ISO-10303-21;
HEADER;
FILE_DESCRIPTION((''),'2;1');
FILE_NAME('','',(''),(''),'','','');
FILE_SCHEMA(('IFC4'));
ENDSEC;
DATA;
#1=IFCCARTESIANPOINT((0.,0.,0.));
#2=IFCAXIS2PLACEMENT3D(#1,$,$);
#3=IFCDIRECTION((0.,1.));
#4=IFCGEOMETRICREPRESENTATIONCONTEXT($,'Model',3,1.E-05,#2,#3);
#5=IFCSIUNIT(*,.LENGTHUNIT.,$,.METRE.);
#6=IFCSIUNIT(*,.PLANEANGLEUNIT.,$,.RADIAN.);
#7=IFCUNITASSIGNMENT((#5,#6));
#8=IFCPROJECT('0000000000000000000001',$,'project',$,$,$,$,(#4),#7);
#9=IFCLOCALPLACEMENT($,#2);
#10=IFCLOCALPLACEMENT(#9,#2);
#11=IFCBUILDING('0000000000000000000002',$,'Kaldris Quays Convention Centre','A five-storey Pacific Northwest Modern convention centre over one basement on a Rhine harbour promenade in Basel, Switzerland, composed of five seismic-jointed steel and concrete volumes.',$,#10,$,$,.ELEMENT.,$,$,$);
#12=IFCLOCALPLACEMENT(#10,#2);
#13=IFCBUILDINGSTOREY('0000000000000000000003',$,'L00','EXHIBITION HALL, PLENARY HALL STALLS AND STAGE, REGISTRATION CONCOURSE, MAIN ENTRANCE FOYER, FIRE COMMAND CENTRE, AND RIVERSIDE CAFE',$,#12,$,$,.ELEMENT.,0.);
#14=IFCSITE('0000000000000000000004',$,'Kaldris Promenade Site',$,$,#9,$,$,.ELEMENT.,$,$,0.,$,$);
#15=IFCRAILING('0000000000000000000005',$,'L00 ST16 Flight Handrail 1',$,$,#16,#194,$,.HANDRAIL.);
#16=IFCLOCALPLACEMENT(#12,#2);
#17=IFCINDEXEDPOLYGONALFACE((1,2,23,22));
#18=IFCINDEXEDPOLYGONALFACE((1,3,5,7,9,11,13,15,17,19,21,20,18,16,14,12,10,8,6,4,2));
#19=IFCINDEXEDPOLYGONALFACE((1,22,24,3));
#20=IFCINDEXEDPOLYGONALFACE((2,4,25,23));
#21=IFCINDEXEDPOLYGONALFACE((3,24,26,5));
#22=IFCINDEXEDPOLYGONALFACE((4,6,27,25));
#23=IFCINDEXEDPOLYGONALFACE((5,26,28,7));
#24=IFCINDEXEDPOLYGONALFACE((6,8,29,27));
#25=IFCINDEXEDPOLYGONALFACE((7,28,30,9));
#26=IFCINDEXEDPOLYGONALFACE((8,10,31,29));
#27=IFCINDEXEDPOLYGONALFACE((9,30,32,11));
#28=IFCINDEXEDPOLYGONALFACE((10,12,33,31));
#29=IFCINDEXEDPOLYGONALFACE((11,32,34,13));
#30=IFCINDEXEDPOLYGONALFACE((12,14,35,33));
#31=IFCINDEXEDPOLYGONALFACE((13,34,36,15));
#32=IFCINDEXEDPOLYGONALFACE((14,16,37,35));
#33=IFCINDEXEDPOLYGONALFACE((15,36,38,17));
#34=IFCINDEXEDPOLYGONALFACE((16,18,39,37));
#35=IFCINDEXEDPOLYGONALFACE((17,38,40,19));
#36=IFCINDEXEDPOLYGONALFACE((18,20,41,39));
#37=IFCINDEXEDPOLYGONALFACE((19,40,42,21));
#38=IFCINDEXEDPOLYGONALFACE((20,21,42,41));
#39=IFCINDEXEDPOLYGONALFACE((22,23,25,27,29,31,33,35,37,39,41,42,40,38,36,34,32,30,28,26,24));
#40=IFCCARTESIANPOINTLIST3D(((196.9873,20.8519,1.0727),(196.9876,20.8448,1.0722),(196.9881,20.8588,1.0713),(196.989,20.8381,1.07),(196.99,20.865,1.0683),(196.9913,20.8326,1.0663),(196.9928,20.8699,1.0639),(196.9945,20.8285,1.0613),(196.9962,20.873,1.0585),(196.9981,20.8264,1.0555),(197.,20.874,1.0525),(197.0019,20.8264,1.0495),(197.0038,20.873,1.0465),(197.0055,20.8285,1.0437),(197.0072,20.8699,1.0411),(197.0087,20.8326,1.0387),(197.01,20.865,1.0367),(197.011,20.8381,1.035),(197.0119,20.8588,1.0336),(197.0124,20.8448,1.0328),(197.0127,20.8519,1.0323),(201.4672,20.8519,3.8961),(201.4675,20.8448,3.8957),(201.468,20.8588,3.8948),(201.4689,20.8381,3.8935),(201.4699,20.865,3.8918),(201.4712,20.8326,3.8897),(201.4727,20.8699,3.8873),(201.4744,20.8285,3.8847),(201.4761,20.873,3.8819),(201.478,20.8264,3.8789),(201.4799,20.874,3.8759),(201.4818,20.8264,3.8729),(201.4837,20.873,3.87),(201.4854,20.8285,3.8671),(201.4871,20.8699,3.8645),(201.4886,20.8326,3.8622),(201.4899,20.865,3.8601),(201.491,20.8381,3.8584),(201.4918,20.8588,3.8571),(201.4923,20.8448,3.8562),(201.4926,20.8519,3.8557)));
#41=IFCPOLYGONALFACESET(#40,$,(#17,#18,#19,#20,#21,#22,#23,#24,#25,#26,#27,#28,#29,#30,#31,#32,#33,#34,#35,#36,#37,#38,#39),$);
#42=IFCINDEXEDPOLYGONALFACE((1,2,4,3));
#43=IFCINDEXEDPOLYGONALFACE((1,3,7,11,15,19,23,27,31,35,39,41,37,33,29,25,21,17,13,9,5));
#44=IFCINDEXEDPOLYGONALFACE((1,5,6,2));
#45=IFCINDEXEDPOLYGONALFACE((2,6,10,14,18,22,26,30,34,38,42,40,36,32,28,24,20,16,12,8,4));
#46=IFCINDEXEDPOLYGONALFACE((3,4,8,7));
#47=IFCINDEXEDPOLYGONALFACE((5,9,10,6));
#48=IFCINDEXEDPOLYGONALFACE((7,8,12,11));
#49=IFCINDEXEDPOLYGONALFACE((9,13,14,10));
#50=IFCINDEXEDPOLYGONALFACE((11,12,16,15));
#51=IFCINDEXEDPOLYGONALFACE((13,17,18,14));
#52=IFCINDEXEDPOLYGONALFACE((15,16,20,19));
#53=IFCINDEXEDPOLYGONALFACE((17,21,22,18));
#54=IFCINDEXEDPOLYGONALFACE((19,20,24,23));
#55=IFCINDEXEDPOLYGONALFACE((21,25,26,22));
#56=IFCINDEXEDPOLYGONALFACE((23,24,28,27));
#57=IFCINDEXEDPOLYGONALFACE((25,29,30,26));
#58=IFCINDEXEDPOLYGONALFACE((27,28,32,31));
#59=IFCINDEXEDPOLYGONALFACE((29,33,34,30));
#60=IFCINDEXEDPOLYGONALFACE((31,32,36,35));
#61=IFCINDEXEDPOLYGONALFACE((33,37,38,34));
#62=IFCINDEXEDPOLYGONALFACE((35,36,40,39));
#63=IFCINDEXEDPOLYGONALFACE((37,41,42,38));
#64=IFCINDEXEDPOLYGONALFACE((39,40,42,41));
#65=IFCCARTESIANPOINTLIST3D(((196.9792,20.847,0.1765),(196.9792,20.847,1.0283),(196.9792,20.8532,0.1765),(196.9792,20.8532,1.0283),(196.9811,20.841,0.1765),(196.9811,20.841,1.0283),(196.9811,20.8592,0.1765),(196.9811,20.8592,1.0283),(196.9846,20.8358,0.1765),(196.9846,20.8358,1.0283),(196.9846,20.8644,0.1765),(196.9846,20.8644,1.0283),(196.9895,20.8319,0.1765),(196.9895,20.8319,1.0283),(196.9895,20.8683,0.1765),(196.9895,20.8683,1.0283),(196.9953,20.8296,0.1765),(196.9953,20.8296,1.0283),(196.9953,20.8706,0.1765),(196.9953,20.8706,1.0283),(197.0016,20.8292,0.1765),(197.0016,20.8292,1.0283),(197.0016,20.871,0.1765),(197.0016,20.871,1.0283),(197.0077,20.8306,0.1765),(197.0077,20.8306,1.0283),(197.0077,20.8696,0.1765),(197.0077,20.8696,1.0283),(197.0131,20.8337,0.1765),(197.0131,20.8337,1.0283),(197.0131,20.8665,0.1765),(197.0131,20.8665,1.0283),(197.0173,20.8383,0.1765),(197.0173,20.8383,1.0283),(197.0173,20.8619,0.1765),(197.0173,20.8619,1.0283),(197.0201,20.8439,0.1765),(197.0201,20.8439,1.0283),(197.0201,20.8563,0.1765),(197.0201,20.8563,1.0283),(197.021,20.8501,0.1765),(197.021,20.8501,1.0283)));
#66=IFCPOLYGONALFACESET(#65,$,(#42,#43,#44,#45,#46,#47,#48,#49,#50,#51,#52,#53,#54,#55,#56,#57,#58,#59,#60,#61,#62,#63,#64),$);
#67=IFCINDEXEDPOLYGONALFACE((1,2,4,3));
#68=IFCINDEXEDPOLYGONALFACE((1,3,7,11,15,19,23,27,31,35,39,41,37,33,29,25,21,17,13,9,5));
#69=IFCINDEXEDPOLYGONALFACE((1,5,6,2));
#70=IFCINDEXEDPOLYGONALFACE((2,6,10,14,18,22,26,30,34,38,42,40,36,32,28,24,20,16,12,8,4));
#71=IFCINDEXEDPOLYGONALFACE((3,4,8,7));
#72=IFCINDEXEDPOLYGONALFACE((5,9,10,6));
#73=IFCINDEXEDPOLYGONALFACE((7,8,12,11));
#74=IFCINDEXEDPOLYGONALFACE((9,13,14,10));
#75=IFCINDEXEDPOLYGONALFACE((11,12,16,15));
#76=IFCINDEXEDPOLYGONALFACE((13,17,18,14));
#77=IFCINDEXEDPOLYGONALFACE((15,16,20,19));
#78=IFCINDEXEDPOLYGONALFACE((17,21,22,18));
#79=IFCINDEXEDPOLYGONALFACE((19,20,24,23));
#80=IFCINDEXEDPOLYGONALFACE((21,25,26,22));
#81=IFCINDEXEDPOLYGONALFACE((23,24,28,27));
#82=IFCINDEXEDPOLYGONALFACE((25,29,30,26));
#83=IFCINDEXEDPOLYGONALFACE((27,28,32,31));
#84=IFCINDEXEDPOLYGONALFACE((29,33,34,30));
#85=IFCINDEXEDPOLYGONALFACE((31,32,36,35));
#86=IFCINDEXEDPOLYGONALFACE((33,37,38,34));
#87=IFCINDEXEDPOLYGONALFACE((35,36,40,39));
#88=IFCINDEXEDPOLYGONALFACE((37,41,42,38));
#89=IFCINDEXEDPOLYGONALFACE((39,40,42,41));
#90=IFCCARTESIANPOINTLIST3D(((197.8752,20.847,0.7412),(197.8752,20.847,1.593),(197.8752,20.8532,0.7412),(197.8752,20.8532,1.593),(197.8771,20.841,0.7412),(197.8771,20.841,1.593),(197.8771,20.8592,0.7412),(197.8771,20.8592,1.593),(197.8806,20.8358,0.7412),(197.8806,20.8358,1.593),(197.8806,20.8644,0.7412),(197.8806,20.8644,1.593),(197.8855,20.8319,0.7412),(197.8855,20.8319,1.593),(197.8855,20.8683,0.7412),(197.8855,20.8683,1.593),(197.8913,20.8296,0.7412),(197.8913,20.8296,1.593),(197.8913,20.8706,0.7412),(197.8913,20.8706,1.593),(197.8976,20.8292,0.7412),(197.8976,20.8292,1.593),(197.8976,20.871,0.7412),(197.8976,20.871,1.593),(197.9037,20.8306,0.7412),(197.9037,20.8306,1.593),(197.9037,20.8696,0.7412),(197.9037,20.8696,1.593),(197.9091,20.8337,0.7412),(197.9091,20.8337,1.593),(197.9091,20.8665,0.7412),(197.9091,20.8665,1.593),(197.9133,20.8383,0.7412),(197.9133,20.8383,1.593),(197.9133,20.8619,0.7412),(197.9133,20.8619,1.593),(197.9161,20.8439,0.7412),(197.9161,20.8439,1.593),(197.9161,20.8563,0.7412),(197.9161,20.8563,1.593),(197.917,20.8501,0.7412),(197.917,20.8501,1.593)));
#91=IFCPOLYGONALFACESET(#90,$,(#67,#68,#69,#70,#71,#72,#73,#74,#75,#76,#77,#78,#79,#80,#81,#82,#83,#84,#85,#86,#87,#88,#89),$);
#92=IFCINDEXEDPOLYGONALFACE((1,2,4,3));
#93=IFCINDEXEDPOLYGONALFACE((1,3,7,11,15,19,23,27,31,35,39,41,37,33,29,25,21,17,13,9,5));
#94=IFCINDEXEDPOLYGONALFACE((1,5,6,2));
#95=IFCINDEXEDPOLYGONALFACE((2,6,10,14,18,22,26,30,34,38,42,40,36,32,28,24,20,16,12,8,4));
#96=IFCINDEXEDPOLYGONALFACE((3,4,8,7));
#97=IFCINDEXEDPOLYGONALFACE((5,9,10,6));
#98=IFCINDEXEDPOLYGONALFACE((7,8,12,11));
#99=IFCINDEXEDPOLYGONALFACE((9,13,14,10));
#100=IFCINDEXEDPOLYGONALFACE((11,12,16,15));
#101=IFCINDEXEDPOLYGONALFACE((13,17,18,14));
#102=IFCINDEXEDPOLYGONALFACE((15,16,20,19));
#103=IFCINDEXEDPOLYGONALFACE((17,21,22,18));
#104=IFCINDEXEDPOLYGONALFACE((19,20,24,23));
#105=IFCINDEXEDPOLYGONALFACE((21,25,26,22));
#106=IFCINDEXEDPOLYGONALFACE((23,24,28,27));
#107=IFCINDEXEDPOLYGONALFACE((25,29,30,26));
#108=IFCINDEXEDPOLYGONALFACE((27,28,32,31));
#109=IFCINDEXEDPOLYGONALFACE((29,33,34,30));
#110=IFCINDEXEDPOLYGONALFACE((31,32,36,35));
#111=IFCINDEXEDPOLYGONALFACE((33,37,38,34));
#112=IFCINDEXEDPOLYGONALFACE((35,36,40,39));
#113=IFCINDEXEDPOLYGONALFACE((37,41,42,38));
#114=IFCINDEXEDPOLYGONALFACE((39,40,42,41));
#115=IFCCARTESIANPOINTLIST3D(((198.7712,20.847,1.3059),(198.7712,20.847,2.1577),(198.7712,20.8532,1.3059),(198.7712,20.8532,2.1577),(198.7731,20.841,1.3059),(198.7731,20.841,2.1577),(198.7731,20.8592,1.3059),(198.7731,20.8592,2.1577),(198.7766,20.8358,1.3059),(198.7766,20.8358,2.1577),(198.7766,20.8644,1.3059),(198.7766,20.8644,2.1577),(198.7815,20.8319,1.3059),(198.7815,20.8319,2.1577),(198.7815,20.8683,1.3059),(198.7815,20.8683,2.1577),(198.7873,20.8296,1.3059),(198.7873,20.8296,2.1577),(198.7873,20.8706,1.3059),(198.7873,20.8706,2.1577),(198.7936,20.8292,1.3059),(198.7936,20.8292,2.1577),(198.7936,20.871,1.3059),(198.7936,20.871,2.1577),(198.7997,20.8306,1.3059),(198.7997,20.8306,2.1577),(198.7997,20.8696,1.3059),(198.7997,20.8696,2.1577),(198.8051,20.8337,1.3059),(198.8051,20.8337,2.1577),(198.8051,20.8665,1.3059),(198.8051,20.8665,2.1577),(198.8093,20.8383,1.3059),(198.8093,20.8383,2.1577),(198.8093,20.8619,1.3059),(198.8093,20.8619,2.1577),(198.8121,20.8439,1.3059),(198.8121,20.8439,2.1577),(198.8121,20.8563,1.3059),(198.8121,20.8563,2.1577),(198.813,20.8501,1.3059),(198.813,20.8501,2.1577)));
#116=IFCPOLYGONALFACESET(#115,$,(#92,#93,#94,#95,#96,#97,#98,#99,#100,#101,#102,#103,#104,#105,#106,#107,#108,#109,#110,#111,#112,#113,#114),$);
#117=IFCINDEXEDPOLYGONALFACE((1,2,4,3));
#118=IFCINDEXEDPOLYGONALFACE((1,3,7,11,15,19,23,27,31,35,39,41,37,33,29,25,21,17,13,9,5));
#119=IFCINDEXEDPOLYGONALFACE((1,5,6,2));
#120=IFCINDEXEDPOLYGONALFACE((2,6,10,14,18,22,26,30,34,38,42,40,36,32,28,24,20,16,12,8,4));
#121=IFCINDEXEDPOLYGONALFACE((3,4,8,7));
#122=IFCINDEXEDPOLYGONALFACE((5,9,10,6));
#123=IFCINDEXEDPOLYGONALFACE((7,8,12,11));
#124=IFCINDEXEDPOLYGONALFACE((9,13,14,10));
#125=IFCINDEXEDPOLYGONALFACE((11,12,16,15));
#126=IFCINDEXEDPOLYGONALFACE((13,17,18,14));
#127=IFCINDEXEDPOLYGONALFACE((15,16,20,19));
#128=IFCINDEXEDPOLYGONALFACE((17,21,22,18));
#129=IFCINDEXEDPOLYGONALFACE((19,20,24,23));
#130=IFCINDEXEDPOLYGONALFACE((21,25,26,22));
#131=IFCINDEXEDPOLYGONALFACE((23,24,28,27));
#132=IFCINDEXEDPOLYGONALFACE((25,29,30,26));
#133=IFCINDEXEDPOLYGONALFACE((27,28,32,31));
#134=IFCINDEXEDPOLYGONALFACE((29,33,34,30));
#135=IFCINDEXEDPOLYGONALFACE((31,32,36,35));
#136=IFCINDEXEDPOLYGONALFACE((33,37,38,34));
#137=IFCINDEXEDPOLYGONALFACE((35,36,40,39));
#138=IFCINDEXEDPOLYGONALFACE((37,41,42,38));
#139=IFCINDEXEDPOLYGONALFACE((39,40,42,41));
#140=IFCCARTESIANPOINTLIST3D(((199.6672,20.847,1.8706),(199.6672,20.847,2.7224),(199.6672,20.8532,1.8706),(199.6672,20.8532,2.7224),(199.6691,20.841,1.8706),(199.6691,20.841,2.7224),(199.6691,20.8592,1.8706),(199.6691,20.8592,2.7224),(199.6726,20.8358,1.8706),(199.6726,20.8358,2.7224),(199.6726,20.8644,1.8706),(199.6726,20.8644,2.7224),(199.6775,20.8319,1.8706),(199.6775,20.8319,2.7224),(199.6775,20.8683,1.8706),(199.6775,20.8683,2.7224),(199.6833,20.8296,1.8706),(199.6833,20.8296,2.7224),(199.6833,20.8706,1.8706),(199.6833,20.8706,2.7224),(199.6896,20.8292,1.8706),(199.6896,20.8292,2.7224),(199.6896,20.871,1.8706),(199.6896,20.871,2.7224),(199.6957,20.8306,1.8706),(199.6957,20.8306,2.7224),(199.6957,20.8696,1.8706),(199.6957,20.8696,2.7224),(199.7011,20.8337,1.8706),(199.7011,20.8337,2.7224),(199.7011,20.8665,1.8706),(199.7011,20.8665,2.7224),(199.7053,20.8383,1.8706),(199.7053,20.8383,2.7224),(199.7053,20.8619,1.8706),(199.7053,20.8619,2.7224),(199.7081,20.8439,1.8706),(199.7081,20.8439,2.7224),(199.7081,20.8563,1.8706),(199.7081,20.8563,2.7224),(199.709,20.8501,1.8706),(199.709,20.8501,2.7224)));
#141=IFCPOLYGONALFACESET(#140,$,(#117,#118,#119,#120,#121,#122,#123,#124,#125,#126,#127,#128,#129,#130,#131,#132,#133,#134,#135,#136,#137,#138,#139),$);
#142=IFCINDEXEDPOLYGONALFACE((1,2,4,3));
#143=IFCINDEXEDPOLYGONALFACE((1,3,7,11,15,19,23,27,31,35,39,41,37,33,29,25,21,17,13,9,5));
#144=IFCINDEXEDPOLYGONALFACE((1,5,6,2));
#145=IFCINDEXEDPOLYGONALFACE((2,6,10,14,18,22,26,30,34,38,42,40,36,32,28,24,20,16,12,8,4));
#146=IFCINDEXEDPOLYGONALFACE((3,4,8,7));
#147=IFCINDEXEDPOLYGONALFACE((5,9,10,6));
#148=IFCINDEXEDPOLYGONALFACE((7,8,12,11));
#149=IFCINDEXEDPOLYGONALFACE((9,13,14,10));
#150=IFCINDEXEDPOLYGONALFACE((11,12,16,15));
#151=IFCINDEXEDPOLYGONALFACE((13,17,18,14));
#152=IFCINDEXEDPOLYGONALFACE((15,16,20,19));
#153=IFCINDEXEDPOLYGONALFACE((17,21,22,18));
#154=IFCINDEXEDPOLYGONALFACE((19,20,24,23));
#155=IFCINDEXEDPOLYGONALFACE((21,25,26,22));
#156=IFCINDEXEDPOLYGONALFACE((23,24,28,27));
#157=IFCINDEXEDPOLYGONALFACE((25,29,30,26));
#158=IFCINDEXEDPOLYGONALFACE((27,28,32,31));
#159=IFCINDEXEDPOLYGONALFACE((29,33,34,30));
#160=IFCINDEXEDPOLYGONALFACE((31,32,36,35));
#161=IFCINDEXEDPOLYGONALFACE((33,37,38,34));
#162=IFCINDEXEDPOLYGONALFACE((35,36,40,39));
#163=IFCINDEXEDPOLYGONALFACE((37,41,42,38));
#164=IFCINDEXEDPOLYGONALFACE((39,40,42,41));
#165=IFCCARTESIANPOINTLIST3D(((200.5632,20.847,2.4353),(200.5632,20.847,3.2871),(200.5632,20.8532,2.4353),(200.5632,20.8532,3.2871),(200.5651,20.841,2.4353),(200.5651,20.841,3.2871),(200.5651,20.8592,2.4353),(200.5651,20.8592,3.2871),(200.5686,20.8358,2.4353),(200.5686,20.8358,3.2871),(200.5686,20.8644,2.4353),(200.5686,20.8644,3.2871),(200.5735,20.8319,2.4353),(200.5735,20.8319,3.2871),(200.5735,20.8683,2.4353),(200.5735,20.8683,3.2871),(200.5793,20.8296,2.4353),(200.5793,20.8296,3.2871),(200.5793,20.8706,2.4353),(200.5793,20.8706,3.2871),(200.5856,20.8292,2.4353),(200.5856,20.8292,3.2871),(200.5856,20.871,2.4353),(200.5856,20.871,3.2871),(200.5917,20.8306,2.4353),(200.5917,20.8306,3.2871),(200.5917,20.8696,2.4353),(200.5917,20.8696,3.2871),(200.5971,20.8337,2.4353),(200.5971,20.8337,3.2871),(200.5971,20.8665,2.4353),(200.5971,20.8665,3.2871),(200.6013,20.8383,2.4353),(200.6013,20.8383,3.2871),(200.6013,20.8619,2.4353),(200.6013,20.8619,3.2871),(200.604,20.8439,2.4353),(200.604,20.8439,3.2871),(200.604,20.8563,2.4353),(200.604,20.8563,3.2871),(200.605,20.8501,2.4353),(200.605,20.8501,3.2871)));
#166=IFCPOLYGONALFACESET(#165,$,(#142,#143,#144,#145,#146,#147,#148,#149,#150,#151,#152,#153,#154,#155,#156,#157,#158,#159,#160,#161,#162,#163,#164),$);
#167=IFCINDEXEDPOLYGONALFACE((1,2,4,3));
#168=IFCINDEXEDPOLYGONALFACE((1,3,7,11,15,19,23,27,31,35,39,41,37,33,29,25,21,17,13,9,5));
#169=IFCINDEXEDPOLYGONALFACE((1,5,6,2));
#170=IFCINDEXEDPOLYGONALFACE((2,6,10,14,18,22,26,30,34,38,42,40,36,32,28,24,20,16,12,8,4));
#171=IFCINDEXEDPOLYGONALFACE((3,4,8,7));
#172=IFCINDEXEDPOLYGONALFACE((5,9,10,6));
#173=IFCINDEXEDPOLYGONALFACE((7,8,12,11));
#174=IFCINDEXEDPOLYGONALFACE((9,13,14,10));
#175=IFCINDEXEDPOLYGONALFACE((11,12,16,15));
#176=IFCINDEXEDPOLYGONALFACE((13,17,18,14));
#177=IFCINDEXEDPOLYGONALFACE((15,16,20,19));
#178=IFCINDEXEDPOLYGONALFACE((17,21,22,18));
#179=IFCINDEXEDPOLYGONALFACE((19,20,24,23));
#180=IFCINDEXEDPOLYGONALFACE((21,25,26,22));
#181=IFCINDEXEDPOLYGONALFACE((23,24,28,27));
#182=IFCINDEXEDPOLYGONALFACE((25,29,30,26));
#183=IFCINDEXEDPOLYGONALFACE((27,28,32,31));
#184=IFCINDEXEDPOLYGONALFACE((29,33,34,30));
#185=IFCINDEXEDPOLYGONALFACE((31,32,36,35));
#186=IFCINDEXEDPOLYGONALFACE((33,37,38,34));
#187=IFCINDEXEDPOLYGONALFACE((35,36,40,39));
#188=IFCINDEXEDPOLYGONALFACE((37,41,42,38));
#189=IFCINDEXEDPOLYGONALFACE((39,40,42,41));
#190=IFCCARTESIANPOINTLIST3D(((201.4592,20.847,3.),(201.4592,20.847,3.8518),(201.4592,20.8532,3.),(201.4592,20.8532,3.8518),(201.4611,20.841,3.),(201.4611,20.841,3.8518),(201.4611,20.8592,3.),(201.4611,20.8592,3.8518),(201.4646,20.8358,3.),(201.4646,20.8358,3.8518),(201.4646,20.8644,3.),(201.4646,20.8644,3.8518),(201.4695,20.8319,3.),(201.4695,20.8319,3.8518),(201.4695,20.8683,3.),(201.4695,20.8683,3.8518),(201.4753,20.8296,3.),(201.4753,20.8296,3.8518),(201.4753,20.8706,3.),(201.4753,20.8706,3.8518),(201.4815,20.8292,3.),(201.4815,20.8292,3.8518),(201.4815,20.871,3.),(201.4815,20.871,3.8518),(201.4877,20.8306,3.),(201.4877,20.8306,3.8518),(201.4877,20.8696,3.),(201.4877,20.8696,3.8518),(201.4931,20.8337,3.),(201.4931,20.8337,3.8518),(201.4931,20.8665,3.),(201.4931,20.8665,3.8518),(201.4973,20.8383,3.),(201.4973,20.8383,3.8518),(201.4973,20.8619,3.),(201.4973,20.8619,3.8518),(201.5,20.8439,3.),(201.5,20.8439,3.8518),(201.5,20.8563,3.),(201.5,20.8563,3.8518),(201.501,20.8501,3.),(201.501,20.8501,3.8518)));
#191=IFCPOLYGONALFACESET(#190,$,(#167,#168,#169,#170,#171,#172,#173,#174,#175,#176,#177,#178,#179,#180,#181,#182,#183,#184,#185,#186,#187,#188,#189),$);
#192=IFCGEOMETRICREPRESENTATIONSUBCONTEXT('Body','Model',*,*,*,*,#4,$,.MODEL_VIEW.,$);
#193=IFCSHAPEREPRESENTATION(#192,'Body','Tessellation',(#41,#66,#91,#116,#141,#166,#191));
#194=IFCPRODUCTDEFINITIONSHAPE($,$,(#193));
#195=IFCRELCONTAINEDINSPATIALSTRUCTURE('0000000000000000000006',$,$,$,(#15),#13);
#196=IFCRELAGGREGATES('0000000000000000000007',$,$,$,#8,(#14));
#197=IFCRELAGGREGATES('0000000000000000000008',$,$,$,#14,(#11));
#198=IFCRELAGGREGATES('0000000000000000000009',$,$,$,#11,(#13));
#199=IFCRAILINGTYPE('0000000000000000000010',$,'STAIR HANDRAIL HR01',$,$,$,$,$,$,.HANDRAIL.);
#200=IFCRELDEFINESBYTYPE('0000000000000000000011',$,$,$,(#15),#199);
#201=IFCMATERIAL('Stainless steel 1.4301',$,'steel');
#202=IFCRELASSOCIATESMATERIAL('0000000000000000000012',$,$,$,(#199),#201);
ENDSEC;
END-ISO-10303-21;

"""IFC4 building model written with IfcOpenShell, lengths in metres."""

from ifc_helpers import new_model, si_unit, direction, frame, origin, origin_2d, place, context, subcontext, project, spatial, circle, extrude, material, type_object, element, save


model = new_model("IFC4")

# Units and contexts
model_context = context("Model", 3, precision=1e-05, world=origin(), true_north=direction((0.0, 1.0)))
body_context = subcontext(model_context, "Body", "Model", "MODEL_VIEW")
ifc_project = project(units=[si_unit("LENGTHUNIT", "METRE"), si_unit("PLANEANGLEUNIT", "RADIAN")], contexts=[model_context])

# Site, building, storey
site_placement = place(None, origin())
site = spatial("IfcSite", under=ifc_project, at=site_placement, Name="Kaldris Promenade Site", CompositionType="ELEMENT", RefElevation=0.0)
building_placement = place(site_placement, origin())
building = spatial("IfcBuilding", under=site, at=building_placement, Name="Kaldris Quays Convention Centre", Description="A five-storey Pacific Northwest Modern convention centre over one basement on a Rhine harbour promenade in Basel, Switzerland, composed of five seismic-jointed steel and concrete volumes.", CompositionType="ELEMENT")
storey_placement = place(building_placement, origin())
storey = spatial("IfcBuildingStorey", under=building, at=storey_placement, Name="L00", Description="EXHIBITION HALL, PLENARY HALL STALLS AND STAGE, REGISTRATION CONCOURSE, MAIN ENTRANCE FOYER, FIRE COMMAND CENTRE, AND RIVERSIDE CAFE", CompositionType="ELEMENT", Elevation=0.0)

# Railing
ifc_material_1 = material(Name="Stainless steel 1.4301", Category="steel")
railing_type = type_object("IfcRailingType", Name="STAIR HANDRAIL HR01", PredefinedType="HANDRAIL", material=ifc_material_1)
railing_placement = place(storey_placement, frame((197.0, 20.8501, 0.1765)))
element("IfcRailing", 1, at=railing_placement, inside=storey, type_object=railing_type, Name="L00 ST16 Flight Handrail 1", PredefinedType="HANDRAIL", context=body_context, shape_type="SweptSolid", body=[
    extrude(circle(Radius=0.0239, at=origin_2d()), frame((0.0, 0.0, 0.876), z_axis=(0.845998, 0.0, 0.533186), x_axis=(0.0, 1.0, 0.0)), (0.0, 0.0, 1.0), 5.2954),
    extrude(circle(Radius=0.021, at=origin_2d()), origin(), (0.0, 0.0, 1.0), 0.8518),
    extrude(circle(Radius=0.021, at=origin_2d()), frame((0.896, 0.0, 0.5647)), (0.0, 0.0, 1.0), 0.8518),
    extrude(circle(Radius=0.021, at=origin_2d()), frame((1.792, 0.0, 1.1294)), (0.0, 0.0, 1.0), 0.8518),
    extrude(circle(Radius=0.021, at=origin_2d()), frame((2.688, 0.0, 1.6941)), (0.0, 0.0, 1.0), 0.8518),
    extrude(circle(Radius=0.021, at=origin_2d()), frame((3.584, 0.0, 2.2588)), (0.0, 0.0, 1.0), 0.8518),
    extrude(circle(Radius=0.021, at=origin_2d()), frame((4.48, 0.0, 2.8235)), (0.0, 0.0, 1.0), 0.8518),
])

save(model, "model.ifc")
